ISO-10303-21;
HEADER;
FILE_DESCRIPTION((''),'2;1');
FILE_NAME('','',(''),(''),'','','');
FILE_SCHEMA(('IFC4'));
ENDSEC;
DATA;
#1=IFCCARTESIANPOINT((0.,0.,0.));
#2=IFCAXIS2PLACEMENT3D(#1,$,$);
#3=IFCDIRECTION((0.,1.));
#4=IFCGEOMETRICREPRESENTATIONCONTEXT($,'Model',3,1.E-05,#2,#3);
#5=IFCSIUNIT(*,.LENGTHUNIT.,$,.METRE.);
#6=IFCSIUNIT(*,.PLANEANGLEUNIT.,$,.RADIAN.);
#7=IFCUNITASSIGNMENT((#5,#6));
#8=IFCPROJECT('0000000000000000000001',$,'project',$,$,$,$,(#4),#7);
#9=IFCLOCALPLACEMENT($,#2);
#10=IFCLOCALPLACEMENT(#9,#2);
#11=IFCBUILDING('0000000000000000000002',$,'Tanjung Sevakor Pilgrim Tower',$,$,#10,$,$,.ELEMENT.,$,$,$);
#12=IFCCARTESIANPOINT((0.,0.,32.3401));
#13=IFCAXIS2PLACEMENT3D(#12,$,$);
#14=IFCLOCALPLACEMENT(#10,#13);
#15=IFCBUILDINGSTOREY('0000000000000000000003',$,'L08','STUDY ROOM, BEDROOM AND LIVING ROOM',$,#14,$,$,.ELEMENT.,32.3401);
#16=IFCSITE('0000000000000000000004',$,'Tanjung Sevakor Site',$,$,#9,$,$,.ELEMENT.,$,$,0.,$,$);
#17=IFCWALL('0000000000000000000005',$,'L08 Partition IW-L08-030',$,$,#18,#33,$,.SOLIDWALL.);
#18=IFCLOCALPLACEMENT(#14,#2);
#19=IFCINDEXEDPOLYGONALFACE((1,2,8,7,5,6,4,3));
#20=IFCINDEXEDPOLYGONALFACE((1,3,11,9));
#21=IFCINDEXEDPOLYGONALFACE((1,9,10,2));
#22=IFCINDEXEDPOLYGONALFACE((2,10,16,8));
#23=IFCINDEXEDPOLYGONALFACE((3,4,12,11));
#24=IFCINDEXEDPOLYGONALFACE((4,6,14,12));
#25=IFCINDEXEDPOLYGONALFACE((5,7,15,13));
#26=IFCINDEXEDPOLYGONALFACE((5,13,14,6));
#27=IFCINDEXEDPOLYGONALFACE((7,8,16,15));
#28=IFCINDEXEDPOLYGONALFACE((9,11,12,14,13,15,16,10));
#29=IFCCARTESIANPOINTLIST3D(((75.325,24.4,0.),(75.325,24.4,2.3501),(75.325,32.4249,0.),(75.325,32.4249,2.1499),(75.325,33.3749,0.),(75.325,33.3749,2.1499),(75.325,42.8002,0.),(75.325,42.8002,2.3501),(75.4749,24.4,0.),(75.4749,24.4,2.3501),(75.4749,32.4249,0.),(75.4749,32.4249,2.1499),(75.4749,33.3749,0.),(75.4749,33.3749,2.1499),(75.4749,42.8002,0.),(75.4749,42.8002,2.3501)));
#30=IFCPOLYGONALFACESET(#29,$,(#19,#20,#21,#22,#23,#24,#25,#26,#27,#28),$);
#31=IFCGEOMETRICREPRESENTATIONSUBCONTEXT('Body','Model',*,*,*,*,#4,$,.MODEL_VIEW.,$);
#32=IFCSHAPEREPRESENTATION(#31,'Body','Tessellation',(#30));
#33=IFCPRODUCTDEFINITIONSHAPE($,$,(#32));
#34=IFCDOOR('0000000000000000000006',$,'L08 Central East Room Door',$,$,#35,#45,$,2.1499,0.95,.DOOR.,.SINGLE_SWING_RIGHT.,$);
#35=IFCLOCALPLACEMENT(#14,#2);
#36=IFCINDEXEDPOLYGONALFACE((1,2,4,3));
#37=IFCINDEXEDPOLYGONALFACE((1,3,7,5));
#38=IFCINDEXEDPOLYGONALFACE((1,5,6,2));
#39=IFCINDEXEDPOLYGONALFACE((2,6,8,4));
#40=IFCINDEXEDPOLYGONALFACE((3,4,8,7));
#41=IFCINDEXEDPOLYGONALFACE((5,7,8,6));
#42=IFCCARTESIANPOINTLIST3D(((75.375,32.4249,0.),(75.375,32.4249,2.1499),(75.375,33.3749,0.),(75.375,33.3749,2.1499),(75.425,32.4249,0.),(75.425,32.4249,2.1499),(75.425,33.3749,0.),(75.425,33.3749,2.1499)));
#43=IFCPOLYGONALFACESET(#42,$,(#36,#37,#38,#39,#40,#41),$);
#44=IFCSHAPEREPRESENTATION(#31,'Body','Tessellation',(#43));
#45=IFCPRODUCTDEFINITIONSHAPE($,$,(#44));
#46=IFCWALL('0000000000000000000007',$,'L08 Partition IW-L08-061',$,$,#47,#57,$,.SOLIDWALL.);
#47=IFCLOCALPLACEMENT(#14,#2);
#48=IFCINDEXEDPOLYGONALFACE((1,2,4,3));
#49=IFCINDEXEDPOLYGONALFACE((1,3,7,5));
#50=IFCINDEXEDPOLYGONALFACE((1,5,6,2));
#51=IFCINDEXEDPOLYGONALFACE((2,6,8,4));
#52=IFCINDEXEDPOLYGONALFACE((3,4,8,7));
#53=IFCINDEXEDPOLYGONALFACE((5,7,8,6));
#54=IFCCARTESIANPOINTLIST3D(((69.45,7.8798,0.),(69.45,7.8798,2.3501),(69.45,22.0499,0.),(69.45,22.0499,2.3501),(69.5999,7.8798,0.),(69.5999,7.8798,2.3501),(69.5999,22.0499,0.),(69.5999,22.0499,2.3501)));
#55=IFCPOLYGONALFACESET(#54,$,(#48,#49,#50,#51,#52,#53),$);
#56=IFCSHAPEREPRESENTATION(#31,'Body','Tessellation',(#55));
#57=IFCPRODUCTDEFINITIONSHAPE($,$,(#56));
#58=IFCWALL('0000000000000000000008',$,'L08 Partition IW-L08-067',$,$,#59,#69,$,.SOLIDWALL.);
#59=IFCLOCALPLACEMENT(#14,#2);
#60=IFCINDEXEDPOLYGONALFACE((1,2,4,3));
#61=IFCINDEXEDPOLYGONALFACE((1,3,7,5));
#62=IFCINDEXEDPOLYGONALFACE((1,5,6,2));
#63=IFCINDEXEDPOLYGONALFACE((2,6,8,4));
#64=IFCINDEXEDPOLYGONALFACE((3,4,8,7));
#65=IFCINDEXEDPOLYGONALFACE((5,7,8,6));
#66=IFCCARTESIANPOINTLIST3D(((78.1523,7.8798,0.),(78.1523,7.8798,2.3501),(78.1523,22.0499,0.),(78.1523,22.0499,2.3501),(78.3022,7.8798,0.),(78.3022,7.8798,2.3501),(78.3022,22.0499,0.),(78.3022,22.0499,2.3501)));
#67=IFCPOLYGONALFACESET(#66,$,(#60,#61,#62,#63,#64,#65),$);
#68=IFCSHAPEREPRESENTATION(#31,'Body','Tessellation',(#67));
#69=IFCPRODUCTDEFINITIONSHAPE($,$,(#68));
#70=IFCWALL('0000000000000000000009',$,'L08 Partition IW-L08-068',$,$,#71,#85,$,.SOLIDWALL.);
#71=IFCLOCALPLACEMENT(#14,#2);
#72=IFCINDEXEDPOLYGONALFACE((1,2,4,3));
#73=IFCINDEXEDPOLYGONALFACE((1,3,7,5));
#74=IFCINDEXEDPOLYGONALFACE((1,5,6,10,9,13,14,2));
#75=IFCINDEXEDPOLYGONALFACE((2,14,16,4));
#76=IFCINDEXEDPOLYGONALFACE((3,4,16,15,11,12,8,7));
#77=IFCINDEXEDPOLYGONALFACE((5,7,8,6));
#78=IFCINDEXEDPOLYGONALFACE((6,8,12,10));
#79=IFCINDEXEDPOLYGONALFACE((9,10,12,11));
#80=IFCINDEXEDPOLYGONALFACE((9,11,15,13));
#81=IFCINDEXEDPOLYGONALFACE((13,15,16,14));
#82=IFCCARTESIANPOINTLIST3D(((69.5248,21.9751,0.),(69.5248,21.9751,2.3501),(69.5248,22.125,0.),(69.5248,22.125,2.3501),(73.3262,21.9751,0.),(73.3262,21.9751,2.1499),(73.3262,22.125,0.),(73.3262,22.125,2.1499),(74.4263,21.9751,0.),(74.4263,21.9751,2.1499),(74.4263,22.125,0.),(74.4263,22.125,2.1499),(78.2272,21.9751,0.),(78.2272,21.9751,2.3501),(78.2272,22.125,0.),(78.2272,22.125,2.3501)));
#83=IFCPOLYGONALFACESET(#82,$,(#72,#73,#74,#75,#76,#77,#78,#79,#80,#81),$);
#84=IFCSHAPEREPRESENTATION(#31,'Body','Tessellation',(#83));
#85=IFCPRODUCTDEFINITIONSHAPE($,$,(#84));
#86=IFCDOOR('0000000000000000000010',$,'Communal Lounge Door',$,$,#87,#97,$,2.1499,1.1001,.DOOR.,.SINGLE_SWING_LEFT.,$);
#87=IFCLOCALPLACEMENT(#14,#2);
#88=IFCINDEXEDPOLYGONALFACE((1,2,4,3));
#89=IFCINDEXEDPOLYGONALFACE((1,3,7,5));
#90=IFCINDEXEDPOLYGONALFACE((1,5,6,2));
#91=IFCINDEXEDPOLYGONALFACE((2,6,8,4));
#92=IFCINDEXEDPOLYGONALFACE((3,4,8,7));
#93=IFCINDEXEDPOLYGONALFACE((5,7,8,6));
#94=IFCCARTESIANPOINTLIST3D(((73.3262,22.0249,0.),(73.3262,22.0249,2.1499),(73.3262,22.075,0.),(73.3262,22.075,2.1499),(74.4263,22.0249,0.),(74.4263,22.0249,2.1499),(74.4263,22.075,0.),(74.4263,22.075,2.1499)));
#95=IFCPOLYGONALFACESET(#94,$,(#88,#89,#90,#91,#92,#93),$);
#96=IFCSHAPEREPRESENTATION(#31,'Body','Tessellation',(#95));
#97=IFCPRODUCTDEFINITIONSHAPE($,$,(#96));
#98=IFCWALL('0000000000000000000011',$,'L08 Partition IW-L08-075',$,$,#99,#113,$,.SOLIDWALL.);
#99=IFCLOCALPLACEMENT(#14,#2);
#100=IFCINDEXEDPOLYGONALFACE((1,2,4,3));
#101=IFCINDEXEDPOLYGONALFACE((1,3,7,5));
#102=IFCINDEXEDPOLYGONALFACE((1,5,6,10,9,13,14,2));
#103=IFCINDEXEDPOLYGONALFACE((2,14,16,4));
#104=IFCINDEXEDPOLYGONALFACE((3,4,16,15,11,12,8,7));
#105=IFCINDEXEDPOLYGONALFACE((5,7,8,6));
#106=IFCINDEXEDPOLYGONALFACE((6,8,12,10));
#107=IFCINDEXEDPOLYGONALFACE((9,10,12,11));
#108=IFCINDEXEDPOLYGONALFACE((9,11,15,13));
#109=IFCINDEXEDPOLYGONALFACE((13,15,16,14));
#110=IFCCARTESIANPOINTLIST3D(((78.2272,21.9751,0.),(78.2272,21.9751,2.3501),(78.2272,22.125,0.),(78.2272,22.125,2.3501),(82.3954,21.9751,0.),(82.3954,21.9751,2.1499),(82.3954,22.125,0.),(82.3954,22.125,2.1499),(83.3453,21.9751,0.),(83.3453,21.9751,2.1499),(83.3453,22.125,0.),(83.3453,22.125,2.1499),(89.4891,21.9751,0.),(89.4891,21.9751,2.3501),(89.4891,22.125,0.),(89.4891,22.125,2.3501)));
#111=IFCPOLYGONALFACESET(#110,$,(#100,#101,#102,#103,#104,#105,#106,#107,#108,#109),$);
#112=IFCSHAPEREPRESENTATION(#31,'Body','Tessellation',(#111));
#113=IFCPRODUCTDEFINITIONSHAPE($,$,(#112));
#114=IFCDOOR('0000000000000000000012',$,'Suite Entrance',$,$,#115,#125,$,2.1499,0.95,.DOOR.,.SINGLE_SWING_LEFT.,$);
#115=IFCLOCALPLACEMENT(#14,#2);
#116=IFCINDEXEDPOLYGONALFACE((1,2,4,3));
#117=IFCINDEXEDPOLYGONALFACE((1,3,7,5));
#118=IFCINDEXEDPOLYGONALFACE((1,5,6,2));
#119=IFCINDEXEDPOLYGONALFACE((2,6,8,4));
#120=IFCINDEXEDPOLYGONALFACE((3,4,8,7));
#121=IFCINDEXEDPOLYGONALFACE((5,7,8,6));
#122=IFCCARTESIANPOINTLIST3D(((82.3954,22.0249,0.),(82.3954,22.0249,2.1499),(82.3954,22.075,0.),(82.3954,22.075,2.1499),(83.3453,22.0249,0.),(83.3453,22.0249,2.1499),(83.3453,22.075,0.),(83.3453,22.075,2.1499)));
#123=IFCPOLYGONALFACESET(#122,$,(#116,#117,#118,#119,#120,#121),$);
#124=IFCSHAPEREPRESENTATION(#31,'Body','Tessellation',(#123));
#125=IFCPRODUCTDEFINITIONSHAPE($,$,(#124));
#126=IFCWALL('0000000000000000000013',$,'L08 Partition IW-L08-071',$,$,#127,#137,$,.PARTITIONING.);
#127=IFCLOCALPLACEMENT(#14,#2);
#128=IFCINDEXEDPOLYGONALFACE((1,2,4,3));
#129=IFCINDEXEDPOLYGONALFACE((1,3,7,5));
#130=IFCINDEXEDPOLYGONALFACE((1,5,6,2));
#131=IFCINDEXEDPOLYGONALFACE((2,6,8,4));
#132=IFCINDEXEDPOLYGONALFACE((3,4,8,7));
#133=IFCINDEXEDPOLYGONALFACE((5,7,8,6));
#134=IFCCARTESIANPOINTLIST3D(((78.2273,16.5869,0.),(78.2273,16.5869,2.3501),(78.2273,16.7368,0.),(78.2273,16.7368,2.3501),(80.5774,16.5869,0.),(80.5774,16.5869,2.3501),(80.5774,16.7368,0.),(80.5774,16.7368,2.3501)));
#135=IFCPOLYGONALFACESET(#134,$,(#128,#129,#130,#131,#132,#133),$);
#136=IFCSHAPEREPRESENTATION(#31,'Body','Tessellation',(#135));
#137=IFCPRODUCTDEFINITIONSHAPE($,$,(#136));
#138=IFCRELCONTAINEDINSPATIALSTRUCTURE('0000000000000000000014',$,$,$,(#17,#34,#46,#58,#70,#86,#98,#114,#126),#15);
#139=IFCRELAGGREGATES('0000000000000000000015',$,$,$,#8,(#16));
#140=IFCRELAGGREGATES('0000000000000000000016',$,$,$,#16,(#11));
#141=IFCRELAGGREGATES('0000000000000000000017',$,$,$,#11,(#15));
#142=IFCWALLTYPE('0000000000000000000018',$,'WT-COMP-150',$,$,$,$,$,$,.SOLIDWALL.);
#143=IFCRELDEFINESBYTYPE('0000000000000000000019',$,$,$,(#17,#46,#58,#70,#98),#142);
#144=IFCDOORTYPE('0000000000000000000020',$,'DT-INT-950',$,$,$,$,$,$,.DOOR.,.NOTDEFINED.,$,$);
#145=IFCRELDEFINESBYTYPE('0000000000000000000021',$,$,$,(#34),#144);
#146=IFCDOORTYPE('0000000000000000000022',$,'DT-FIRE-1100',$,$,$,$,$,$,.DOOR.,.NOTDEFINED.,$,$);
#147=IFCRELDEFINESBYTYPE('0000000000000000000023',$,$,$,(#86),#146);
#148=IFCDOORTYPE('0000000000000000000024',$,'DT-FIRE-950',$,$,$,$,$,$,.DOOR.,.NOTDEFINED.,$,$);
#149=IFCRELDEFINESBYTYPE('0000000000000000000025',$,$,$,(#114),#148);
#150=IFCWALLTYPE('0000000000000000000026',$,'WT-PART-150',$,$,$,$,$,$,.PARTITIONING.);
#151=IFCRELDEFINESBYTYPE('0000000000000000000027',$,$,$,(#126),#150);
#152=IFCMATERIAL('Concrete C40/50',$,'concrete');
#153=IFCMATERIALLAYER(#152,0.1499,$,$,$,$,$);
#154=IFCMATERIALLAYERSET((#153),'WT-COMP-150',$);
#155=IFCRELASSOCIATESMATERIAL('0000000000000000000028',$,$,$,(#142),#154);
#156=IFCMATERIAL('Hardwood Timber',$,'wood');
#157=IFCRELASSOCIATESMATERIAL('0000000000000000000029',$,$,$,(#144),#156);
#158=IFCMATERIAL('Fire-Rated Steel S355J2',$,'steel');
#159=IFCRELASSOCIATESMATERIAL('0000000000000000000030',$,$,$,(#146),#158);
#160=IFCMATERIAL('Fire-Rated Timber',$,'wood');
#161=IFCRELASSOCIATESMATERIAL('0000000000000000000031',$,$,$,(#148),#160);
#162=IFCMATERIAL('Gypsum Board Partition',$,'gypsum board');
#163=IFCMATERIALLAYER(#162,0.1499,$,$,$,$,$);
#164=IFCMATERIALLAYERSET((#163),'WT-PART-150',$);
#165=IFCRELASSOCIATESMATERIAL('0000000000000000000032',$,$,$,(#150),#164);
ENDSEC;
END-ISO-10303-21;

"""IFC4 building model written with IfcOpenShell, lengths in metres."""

from ifc_helpers import new_model, si_unit, direction, frame, frame_2d, origin, place, context, subcontext, project, spatial, rectangle, extrude, material, layer, layer_set, type_object, element, fill, save


model = new_model("IFC4")

# Units and contexts
model_context = context("Model", 3, precision=1e-05, world=origin(), true_north=direction((0.0, 1.0)))
body_context = subcontext(model_context, "Body", "Model", "MODEL_VIEW")
ifc_project = project(units=[si_unit("LENGTHUNIT", "METRE"), si_unit("PLANEANGLEUNIT", "RADIAN")], contexts=[model_context])

# Site, building, storey
site_placement = place(None, origin())
site = spatial("IfcSite", under=ifc_project, at=site_placement, Name="Tanjung Sevakor Site", CompositionType="ELEMENT", RefElevation=0.0)
building_placement = place(site_placement, origin())
building = spatial("IfcBuilding", under=site, at=building_placement, Name="Tanjung Sevakor Pilgrim Tower", CompositionType="ELEMENT")
storey_placement = place(building_placement, frame((0.0, 0.0, 32.3401)))
storey = spatial("IfcBuildingStorey", under=building, at=storey_placement, Name="L08", Description="STUDY ROOM, BEDROOM AND LIVING ROOM", CompositionType="ELEMENT", Elevation=32.3401)

# Wall, opening, door
ifc_material_1 = material(Name="Concrete C40/50", Category="concrete")
ifc_layer_1 = layer(ifc_material_1, 0.1499)
ifc_layer_set_1 = layer_set([ifc_layer_1], Name="WT-COMP-150")
wall_type_1 = type_object("IfcWallType", Name="WT-COMP-150", PredefinedType="SOLIDWALL", material=ifc_layer_set_1)
wall_1_placement = place(storey_placement, frame((75.3999, 24.3999, 0.0), z_axis=(0.0, 0.0, 1.0), x_axis=(0.0, 1.0, 0.0)))
wall_1 = element("IfcWall", 1, at=wall_1_placement, inside=storey, type_object=wall_type_1, Name="L08 Partition IW-L08-030", PredefinedType="SOLIDWALL", context=body_context, shape_type="SweptSolid", body=[
    extrude(rectangle(XDim=18.4001, YDim=0.1499, at=frame_2d((9.2002, 0.0))), origin(), (0.0, 0.0, 1.0), 2.3501),
])
opening_1_placement = place(wall_1_placement, frame((8.0249, 0.0, 0.0)))
opening_1 = element("IfcOpeningElement", 2, at=opening_1_placement, cuts=wall_1, PredefinedType="OPENING", context=body_context, shape_type="SweptSolid", body=[
    extrude(rectangle(XDim=0.95, YDim=2.1499, at=frame_2d((0.4751, 1.075))), frame((0.0, 0.085, 0.0), z_axis=(0.0, -1.0, 0.0), x_axis=(1.0, 0.0, 0.0)), (0.0, 0.0, 1.0), 0.1699),
])
ifc_material_2 = material(Name="Hardwood Timber", Category="wood")
door_type_1 = type_object("IfcDoorType", Name="DT-INT-950", OperationType="NOTDEFINED", PredefinedType="DOOR", material=ifc_material_2)
door_1_placement = place(opening_1_placement, origin())
door_1 = element("IfcDoor", 3, at=door_1_placement, inside=storey, type_object=door_type_1, Name="L08 Central East Room Door", OperationType="SINGLE_SWING_RIGHT", OverallHeight=2.1499, OverallWidth=0.95, PredefinedType="DOOR", context=body_context, shape_type="SweptSolid", body=[
    extrude(rectangle(XDim=0.95, YDim=2.1499, at=frame_2d((0.4751, 1.075))), frame((0.0, 0.0249, 0.0), z_axis=(0.0, -1.0, 0.0), x_axis=(1.0, 0.0, 0.0)), (0.0, 0.0, 1.0), 0.05),
])
fill(opening_1, door_1)

# Walls
for number, where, z_axis, x_axis, name in (
    (4, (69.5249, 7.8799, 0.0), (0.0, 0.0, 1.0), (0.0, 1.0, 0.0), "L08 Partition IW-L08-061"),
    (5, (78.2273, 7.8799, 0.0), (0.0, 0.0, 1.0), (0.0, 1.0, 0.0), "L08 Partition IW-L08-067"),
):
    element("IfcWall", number, at=place(storey_placement, frame(where, z_axis=z_axis, x_axis=x_axis)), inside=storey, type_object=wall_type_1, Name=name, PredefinedType="SOLIDWALL", context=body_context, shape_type="SweptSolid", body=[
        extrude(rectangle(XDim=14.1702, YDim=0.1499, at=frame_2d((7.085, 0.0))), origin(), (0.0, 0.0, 1.0), 2.3501),
    ])

# Walls, openings, doors
wall_2_placement = place(storey_placement, frame((69.5249, 22.05, 0.0), z_axis=(0.0, 0.0, 1.0), x_axis=(1.0, 0.0, 0.0)))
wall_2 = element("IfcWall", 6, at=wall_2_placement, inside=storey, type_object=wall_type_1, Name="L08 Partition IW-L08-068", PredefinedType="SOLIDWALL", context=body_context, shape_type="SweptSolid", body=[
    extrude(rectangle(XDim=8.7024, YDim=0.1499, at=frame_2d((4.3511, 0.0))), origin(), (0.0, 0.0, 1.0), 2.3501),
])
opening_2_placement = place(wall_2_placement, frame((3.8013, 0.0, 0.0)))
opening_2 = element("IfcOpeningElement", 7, at=opening_2_placement, cuts=wall_2, PredefinedType="OPENING", context=body_context, shape_type="SweptSolid", body=[
    extrude(rectangle(XDim=1.1001, YDim=2.1499, at=frame_2d((0.55, 1.075))), frame((0.0, 0.085, 0.0), z_axis=(0.0, -1.0, 0.0), x_axis=(1.0, 0.0, 0.0)), (0.0, 0.0, 1.0), 0.1699),
])
ifc_material_3 = material(Name="Fire-Rated Steel S355J2", Category="steel")
door_type_2 = type_object("IfcDoorType", Name="DT-FIRE-1100", OperationType="NOTDEFINED", PredefinedType="DOOR", material=ifc_material_3)
door_2_placement = place(opening_2_placement, origin())
door_2 = element("IfcDoor", 8, at=door_2_placement, inside=storey, type_object=door_type_2, Name="Communal Lounge Door", OperationType="SINGLE_SWING_LEFT", OverallHeight=2.1499, OverallWidth=1.1001, PredefinedType="DOOR", context=body_context, shape_type="SweptSolid", body=[
    extrude(rectangle(XDim=1.1001, YDim=2.1499, at=frame_2d((0.55, 1.075))), frame((0.0, 0.0249, 0.0), z_axis=(0.0, -1.0, 0.0), x_axis=(1.0, 0.0, 0.0)), (0.0, 0.0, 1.0), 0.05),
])
fill(opening_2, door_2)
wall_3_placement = place(storey_placement, frame((78.2273, 22.05, 0.0), z_axis=(0.0, 0.0, 1.0), x_axis=(1.0, 0.0, 0.0)))
wall_3 = element("IfcWall", 9, at=wall_3_placement, inside=storey, type_object=wall_type_1, Name="L08 Partition IW-L08-075", PredefinedType="SOLIDWALL", context=body_context, shape_type="SweptSolid", body=[
    extrude(rectangle(XDim=11.262, YDim=0.1499, at=frame_2d((5.6309, 0.0))), origin(), (0.0, 0.0, 1.0), 2.3501),
])
opening_3_placement = place(wall_3_placement, frame((4.168, 0.0, 0.0)))
opening_3 = element("IfcOpeningElement", 10, at=opening_3_placement, cuts=wall_3, PredefinedType="OPENING", context=body_context, shape_type="SweptSolid", body=[
    extrude(rectangle(XDim=0.95, YDim=2.1499, at=frame_2d((0.4751, 1.075))), frame((0.0, 0.085, 0.0), z_axis=(0.0, -1.0, 0.0), x_axis=(1.0, 0.0, 0.0)), (0.0, 0.0, 1.0), 0.1699),
])
ifc_material_4 = material(Name="Fire-Rated Timber", Category="wood")
door_type_3 = type_object("IfcDoorType", Name="DT-FIRE-950", OperationType="NOTDEFINED", PredefinedType="DOOR", material=ifc_material_4)
door_3_placement = place(opening_3_placement, origin())
door_3 = element("IfcDoor", 11, at=door_3_placement, inside=storey, type_object=door_type_3, Name="Suite Entrance", OperationType="SINGLE_SWING_LEFT", OverallHeight=2.1499, OverallWidth=0.95, PredefinedType="DOOR", context=body_context, shape_type="SweptSolid", body=[
    extrude(rectangle(XDim=0.95, YDim=2.1499, at=frame_2d((0.4751, 1.075))), frame((0.0, 0.0249, 0.0), z_axis=(0.0, -1.0, 0.0), x_axis=(1.0, 0.0, 0.0)), (0.0, 0.0, 1.0), 0.05),
])
fill(opening_3, door_3)

# Wall
ifc_material_5 = material(Name="Gypsum Board Partition", Category="gypsum board")
ifc_layer_2 = layer(ifc_material_5, 0.1499)
ifc_layer_set_2 = layer_set([ifc_layer_2], Name="WT-PART-150")
wall_type_2 = type_object("IfcWallType", Name="WT-PART-150", PredefinedType="PARTITIONING", material=ifc_layer_set_2)
wall_4_placement = place(storey_placement, frame((78.2273, 16.6619, 0.0), z_axis=(0.0, 0.0, 1.0), x_axis=(1.0, 0.0, 0.0)))
element("IfcWall", 12, at=wall_4_placement, inside=storey, type_object=wall_type_2, Name="L08 Partition IW-L08-071", PredefinedType="PARTITIONING", context=body_context, shape_type="SweptSolid", body=[
    extrude(rectangle(XDim=2.3501, YDim=0.1499, at=frame_2d((1.175, 0.0))), origin(), (0.0, 0.0, 1.0), 2.3501),
])

save(model, "model.ifc")
